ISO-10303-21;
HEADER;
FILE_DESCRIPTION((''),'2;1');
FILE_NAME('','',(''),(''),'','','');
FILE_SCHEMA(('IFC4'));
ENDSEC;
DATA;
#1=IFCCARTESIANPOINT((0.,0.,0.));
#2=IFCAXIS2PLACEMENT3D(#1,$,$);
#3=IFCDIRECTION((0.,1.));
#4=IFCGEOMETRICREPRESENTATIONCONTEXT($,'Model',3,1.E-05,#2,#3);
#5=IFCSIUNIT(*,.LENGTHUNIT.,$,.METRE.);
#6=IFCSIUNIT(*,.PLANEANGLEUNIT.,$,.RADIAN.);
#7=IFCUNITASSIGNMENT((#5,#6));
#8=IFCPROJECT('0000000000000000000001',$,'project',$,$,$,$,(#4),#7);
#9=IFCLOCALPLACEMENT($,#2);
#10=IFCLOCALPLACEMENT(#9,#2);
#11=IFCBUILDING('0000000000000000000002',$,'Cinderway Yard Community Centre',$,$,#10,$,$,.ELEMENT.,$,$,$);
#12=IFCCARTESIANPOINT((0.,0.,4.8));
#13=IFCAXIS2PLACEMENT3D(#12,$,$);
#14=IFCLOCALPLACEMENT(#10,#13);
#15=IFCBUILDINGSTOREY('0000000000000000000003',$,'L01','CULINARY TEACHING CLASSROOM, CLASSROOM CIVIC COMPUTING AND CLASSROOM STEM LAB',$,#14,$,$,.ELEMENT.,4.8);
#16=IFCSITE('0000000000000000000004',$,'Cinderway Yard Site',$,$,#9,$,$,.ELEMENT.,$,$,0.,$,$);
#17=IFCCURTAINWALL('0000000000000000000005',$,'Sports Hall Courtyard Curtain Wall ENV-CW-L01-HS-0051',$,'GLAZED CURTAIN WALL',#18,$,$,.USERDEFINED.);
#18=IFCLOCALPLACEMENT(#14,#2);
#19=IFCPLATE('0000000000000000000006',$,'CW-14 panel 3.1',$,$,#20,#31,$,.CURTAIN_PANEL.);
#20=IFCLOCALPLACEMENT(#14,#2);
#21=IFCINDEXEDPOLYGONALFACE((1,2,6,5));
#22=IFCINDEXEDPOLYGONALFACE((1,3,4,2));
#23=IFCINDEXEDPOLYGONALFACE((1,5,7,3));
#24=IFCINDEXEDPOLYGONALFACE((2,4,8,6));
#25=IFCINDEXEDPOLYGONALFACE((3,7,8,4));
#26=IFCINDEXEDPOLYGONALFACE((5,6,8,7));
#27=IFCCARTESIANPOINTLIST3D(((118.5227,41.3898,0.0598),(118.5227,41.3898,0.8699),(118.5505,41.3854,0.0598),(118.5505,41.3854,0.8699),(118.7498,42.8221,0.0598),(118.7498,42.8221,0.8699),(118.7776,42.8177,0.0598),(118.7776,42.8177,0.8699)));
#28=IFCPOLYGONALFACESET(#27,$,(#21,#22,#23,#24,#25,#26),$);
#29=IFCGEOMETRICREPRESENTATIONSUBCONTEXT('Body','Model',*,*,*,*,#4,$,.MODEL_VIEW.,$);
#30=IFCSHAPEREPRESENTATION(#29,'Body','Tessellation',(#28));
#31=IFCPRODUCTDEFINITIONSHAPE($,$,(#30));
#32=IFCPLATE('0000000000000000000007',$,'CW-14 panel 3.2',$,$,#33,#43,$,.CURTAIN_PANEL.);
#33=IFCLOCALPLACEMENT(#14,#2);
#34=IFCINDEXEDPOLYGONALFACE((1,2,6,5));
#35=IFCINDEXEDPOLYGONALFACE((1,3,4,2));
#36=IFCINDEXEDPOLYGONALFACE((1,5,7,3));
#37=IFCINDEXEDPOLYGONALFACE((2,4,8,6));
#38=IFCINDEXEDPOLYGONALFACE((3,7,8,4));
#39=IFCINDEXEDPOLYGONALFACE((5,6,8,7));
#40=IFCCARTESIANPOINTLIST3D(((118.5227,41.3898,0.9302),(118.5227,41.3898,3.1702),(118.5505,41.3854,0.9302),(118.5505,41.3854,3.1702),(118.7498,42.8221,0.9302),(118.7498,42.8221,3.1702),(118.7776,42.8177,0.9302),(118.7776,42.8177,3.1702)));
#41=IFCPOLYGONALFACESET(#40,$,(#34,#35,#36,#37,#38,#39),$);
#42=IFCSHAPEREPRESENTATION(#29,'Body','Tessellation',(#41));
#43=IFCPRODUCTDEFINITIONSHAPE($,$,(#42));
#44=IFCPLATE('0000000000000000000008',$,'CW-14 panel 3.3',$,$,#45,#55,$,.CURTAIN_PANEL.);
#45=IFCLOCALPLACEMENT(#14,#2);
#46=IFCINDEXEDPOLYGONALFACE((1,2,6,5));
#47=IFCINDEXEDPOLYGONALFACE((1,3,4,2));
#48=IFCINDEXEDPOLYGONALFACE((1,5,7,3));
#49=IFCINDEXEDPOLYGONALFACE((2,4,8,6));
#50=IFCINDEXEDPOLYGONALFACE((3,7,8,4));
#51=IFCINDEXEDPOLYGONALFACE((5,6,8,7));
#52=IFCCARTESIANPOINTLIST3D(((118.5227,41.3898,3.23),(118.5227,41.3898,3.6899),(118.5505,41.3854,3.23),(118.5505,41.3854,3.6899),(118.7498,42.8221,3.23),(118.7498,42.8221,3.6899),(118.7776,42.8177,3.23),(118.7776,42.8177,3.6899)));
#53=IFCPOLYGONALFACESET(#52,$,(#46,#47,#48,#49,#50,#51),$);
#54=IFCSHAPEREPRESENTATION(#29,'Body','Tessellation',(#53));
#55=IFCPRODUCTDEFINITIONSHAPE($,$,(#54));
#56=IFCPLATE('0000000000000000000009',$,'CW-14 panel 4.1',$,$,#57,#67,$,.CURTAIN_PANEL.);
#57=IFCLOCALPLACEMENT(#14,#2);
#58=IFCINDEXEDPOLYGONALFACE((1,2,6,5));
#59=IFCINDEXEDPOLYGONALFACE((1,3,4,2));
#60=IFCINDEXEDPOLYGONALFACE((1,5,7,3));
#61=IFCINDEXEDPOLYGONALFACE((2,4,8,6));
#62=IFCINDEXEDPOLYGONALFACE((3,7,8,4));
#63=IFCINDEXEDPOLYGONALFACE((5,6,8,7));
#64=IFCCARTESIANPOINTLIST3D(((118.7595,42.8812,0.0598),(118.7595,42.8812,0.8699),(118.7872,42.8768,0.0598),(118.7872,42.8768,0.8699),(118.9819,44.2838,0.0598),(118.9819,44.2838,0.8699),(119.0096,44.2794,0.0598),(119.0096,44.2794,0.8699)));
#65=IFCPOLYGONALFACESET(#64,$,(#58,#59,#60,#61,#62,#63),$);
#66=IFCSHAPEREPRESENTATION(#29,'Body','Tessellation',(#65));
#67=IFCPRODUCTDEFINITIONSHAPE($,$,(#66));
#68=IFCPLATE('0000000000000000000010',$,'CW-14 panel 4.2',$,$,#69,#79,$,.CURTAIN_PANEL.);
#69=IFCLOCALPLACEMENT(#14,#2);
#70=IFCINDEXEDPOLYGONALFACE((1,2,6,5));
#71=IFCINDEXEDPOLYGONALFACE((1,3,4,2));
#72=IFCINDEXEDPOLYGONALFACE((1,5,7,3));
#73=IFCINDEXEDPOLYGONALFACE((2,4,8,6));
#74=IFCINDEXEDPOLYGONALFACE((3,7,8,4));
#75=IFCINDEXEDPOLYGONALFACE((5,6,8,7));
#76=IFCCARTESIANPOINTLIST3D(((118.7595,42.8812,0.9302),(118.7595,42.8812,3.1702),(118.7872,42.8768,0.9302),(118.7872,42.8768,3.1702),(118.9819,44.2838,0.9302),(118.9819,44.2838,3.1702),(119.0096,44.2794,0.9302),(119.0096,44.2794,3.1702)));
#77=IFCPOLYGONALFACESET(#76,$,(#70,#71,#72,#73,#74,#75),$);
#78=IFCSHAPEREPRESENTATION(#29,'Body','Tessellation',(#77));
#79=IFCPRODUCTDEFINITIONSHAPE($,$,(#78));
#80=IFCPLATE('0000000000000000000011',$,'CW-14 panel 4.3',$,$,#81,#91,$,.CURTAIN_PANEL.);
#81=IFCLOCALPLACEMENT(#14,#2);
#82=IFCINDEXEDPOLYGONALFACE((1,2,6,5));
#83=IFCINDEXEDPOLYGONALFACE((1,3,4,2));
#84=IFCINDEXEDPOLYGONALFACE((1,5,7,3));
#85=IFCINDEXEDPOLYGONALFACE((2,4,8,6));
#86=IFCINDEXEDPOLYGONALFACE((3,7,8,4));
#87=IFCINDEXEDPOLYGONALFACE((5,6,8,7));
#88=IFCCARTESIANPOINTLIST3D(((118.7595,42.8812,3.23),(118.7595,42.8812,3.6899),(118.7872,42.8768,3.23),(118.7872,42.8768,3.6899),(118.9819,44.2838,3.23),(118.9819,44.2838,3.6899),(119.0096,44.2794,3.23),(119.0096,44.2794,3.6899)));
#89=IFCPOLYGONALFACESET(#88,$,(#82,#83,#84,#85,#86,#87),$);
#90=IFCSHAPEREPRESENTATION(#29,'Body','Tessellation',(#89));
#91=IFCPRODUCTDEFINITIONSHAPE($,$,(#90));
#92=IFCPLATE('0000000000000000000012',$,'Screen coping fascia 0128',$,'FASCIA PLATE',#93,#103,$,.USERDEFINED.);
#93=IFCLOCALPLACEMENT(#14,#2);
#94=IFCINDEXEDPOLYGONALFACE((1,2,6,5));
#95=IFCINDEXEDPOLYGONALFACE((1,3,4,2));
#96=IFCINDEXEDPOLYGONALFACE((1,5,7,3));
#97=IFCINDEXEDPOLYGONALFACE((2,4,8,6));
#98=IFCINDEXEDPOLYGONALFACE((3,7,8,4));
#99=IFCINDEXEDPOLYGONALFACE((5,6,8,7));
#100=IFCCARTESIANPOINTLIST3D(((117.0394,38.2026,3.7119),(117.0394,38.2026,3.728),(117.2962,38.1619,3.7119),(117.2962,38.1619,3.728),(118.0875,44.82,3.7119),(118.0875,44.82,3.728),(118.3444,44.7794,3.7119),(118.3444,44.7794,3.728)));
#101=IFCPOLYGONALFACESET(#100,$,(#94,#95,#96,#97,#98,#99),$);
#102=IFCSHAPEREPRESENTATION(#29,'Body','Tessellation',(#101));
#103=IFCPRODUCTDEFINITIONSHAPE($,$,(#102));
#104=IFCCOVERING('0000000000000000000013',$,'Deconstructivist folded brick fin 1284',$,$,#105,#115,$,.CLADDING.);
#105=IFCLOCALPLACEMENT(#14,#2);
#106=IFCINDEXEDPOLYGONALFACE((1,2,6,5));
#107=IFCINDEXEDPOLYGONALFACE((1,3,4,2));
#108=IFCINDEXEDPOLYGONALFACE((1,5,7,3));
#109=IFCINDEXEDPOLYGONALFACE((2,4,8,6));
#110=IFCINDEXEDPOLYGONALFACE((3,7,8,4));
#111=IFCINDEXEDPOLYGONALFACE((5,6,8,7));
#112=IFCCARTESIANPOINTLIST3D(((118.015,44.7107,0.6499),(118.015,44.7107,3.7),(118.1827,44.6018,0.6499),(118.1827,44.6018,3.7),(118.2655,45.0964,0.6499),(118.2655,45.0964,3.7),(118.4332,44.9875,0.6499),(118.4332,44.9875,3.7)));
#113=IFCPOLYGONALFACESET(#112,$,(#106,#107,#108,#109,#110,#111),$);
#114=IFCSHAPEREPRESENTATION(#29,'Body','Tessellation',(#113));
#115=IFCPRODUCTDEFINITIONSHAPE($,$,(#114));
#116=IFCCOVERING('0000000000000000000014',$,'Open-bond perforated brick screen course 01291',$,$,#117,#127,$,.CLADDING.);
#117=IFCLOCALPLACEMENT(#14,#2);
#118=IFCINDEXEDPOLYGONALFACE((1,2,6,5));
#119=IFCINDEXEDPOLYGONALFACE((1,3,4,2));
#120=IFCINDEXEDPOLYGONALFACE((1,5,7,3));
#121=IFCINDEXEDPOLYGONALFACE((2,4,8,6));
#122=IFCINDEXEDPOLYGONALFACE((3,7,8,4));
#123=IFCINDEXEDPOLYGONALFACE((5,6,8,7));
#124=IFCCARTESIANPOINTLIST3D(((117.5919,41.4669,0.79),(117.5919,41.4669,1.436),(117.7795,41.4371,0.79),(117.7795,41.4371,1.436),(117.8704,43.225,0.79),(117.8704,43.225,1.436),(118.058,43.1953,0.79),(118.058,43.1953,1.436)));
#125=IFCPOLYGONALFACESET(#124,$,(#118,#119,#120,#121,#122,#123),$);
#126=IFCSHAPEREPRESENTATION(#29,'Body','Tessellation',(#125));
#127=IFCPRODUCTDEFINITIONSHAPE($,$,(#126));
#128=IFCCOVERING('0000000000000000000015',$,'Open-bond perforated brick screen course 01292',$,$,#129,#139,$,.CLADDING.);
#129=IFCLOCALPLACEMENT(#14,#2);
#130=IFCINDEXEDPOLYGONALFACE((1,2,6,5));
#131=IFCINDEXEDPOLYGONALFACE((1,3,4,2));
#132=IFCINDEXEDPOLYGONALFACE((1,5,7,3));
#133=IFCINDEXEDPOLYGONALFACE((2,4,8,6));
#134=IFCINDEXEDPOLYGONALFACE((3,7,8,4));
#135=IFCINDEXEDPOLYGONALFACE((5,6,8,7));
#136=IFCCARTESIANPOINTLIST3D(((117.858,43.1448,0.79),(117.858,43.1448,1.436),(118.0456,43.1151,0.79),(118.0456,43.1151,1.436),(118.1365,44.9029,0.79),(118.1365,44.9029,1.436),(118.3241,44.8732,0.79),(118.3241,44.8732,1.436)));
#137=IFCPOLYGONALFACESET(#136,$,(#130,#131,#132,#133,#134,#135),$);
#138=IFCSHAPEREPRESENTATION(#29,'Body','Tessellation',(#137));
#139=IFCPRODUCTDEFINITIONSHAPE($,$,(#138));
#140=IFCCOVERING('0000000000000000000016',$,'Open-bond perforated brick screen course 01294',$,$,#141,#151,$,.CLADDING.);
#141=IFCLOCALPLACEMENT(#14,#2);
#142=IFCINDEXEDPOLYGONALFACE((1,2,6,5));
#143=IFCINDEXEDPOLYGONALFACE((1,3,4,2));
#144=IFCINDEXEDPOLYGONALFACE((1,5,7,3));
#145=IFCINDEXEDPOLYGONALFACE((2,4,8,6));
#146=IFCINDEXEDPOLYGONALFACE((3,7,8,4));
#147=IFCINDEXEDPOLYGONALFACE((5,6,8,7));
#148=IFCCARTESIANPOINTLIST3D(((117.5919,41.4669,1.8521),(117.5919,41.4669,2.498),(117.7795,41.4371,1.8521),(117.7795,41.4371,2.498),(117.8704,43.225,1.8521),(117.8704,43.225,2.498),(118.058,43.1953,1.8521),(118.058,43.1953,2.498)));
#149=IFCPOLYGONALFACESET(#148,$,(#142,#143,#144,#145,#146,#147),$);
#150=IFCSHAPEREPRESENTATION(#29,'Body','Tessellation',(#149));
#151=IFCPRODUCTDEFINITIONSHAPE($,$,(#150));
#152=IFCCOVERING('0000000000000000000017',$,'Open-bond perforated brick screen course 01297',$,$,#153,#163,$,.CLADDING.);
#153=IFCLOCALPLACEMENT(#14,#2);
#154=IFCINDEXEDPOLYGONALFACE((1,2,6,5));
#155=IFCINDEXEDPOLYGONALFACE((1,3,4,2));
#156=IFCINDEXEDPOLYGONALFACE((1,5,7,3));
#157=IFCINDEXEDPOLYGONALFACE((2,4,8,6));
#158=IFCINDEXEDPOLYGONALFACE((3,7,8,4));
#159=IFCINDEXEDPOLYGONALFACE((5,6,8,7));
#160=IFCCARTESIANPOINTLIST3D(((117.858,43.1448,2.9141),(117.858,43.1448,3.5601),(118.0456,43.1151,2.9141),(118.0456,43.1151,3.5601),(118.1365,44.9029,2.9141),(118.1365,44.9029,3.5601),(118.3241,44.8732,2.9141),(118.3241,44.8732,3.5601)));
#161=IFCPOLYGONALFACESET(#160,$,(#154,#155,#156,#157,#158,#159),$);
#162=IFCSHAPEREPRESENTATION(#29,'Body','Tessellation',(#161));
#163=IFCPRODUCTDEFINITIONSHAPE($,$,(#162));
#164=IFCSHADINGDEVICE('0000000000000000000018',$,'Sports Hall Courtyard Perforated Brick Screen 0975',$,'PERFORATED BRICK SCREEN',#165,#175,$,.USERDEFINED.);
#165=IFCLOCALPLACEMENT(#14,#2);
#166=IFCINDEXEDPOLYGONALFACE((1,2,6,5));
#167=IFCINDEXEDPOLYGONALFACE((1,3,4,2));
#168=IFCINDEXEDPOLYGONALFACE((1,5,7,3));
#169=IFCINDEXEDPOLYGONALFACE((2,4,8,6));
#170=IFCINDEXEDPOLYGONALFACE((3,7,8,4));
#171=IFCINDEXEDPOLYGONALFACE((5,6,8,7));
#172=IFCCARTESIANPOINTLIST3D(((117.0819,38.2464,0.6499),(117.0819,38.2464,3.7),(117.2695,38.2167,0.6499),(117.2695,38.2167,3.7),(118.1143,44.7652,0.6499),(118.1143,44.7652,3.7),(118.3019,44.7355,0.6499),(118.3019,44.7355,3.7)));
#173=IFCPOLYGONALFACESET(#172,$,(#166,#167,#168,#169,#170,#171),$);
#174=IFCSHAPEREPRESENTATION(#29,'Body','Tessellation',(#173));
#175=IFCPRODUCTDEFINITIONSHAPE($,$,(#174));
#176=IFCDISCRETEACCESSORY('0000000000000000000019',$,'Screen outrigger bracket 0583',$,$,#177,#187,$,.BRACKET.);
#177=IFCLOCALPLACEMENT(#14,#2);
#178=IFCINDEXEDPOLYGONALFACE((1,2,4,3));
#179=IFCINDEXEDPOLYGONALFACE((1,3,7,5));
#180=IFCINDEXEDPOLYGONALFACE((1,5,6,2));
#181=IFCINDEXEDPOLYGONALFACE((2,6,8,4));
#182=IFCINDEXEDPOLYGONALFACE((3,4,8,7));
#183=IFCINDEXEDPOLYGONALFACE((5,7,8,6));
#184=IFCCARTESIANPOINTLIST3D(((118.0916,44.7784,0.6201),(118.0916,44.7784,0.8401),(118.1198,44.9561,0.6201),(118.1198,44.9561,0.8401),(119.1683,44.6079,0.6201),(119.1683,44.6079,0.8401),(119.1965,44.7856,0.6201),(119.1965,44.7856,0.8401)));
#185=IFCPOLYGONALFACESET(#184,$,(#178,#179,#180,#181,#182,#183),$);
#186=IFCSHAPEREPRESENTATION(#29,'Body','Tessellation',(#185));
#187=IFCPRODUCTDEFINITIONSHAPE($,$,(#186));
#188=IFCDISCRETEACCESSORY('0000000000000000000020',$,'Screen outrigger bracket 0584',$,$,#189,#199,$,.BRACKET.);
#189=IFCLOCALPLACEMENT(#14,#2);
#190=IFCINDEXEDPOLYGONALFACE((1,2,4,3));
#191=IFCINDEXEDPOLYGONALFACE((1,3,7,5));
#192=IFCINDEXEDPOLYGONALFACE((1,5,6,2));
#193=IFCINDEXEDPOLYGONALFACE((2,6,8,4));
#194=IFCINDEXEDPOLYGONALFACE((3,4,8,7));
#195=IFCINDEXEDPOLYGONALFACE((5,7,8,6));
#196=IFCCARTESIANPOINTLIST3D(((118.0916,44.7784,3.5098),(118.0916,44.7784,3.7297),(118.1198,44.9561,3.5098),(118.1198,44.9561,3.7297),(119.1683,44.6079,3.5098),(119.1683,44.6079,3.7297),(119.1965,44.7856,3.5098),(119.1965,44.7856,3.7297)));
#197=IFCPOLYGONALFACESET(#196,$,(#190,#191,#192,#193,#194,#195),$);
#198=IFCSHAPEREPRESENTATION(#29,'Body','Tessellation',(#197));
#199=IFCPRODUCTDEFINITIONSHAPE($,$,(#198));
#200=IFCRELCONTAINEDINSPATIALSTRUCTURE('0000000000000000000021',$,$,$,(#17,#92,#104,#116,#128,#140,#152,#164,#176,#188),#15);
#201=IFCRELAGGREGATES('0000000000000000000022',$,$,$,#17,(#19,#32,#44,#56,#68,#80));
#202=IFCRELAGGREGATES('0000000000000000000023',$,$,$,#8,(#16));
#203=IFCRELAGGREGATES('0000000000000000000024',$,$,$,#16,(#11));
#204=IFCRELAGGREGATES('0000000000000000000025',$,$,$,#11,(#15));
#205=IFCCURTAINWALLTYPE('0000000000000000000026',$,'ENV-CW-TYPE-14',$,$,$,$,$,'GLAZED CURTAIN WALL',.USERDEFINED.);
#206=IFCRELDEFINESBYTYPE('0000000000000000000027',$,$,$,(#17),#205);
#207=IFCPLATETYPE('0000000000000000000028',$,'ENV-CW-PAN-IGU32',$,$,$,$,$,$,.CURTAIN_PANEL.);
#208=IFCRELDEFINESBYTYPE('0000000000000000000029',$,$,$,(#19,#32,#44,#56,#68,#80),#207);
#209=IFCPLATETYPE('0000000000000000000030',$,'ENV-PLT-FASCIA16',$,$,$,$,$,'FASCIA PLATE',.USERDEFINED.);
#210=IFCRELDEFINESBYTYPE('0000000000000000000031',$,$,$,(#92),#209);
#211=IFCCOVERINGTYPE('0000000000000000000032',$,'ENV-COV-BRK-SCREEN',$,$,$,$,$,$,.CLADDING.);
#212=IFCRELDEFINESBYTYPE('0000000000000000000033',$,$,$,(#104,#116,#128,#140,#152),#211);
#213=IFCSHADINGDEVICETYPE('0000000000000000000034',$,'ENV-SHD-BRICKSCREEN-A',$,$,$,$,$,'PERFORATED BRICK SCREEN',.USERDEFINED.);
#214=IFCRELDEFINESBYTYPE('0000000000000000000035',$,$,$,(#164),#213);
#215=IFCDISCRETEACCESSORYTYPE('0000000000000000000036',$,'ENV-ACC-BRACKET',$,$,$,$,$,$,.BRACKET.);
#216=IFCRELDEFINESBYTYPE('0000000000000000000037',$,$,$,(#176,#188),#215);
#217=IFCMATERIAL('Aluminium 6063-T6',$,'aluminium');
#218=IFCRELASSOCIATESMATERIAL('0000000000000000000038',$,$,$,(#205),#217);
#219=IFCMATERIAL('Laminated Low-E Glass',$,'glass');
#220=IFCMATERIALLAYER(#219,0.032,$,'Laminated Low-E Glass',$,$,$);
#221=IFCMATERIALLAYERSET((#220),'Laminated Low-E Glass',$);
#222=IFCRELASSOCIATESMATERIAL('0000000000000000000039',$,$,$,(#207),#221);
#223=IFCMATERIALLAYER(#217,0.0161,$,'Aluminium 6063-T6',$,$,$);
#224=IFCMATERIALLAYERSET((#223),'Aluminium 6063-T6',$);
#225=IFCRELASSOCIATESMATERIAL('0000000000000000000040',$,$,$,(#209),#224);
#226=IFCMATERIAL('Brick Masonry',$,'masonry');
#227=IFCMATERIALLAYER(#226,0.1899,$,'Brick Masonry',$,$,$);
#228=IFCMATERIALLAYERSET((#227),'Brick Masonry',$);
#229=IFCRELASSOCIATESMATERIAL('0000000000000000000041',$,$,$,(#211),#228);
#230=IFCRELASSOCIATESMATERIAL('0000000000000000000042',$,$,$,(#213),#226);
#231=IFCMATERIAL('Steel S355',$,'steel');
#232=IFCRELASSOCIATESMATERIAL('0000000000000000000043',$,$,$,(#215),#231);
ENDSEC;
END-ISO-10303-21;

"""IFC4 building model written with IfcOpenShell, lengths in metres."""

from ifc_helpers import new_model, si_unit, direction, frame, origin, origin_2d, place, context, subcontext, project, spatial, rectangle, extrude, material, layer, layer_set, type_object, element, aggregate, save


model = new_model("IFC4")

# Units and contexts
model_context = context("Model", 3, precision=1e-05, world=origin(), true_north=direction((0.0, 1.0)))
body_context = subcontext(model_context, "Body", "Model", "MODEL_VIEW")
ifc_project = project(units=[si_unit("LENGTHUNIT", "METRE"), si_unit("PLANEANGLEUNIT", "RADIAN")], contexts=[model_context])

# Site, building, storey
site_placement = place(None, origin())
site = spatial("IfcSite", under=ifc_project, at=site_placement, Name="Cinderway Yard Site", CompositionType="ELEMENT", RefElevation=0.0)
building_placement = place(site_placement, origin())
building = spatial("IfcBuilding", under=site, at=building_placement, Name="Cinderway Yard Community Centre", CompositionType="ELEMENT")
storey_placement = place(building_placement, frame((0.0, 0.0, 4.8)))
storey = spatial("IfcBuildingStorey", under=building, at=storey_placement, Name="L01", Description="CULINARY TEACHING CLASSROOM, CLASSROOM CIVIC COMPUTING AND CLASSROOM STEM LAB", CompositionType="ELEMENT", Elevation=4.8)

# Curtain wall
ifc_material_1 = material(Name="Aluminium 6063-T6", Category="aluminium")
curtain_wall_type = type_object("IfcCurtainWallType", Name="ENV-CW-TYPE-14", ElementType="GLAZED CURTAIN WALL", PredefinedType="USERDEFINED", material=ifc_material_1)
curtain_wall_placement = place(storey_placement, origin())
curtain_wall = element("IfcCurtainWall", 1, at=curtain_wall_placement, inside=storey, type_object=curtain_wall_type, Name="Sports Hall Courtyard Curtain Wall ENV-CW-L01-HS-0051", ObjectType="GLAZED CURTAIN WALL", PredefinedType="USERDEFINED")

# Shared definitions
ifc_material_2 = material(Name="Steel S355", Category="steel")

# Plates
ifc_material_3 = material(Name="Laminated Low-E Glass", Category="glass")
ifc_layer_1 = layer(ifc_material_3, 0.032, Name="Laminated Low-E Glass")
ifc_layer_set_1 = layer_set([ifc_layer_1], Name="Laminated Low-E Glass")
plate_type_1 = type_object("IfcPlateType", Name="ENV-CW-PAN-IGU32", PredefinedType="CURTAIN_PANEL", material=ifc_layer_set_1)
plate_1_placement = place(storey_placement, frame((118.6501, 42.1038, 0.0598), z_axis=(0.0, 0.0, 1.0), x_axis=(0.156609, 0.987661, 0.0)))
plate_1 = element("IfcPlate", 2, at=plate_1_placement, type_object=plate_type_1, Name="CW-14 panel 3.1", PredefinedType="CURTAIN_PANEL", context=body_context, shape_type="SweptSolid", body=[
    extrude(rectangle(XDim=1.4502, YDim=0.0281, at=origin_2d()), origin(), (0.0, 0.0, 1.0), 0.8101),
])
plate_2_placement = place(storey_placement, frame((118.6501, 42.1038, 0.9302), z_axis=(0.0, 0.0, 1.0), x_axis=(0.156609, 0.987661, 0.0)))
plate_2 = element("IfcPlate", 3, at=plate_2_placement, type_object=plate_type_1, Name="CW-14 panel 3.2", PredefinedType="CURTAIN_PANEL", context=body_context, shape_type="SweptSolid", body=[
    extrude(rectangle(XDim=1.4502, YDim=0.0281, at=origin_2d()), origin(), (0.0, 0.0, 1.0), 2.24),
])
plate_3_placement = place(storey_placement, frame((118.6501, 42.1038, 3.23), z_axis=(0.0, 0.0, 1.0), x_axis=(0.156609, 0.987661, 0.0)))
plate_3 = element("IfcPlate", 4, at=plate_3_placement, type_object=plate_type_1, Name="CW-14 panel 3.3", PredefinedType="CURTAIN_PANEL", context=body_context, shape_type="SweptSolid", body=[
    extrude(rectangle(XDim=1.4502, YDim=0.0281, at=origin_2d()), origin(), (0.0, 0.0, 1.0), 0.46),
])
plate_4_placement = place(storey_placement, frame((118.8845, 43.5803, 0.0598), z_axis=(0.0, 0.0, 1.0), x_axis=(0.156609, 0.987661, 0.0)))
plate_4 = element("IfcPlate", 5, at=plate_4_placement, type_object=plate_type_1, Name="CW-14 panel 4.1", PredefinedType="CURTAIN_PANEL", context=body_context, shape_type="SweptSolid", body=[
    extrude(rectangle(XDim=1.4202, YDim=0.0281, at=origin_2d()), origin(), (0.0, 0.0, 1.0), 0.8101),
])
plate_5_placement = place(storey_placement, frame((118.8845, 43.5803, 0.9302), z_axis=(0.0, 0.0, 1.0), x_axis=(0.156609, 0.987661, 0.0)))
plate_5 = element("IfcPlate", 6, at=plate_5_placement, type_object=plate_type_1, Name="CW-14 panel 4.2", PredefinedType="CURTAIN_PANEL", context=body_context, shape_type="SweptSolid", body=[
    extrude(rectangle(XDim=1.4202, YDim=0.0281, at=origin_2d()), origin(), (0.0, 0.0, 1.0), 2.24),
])
plate_6_placement = place(storey_placement, frame((118.8845, 43.5803, 3.23), z_axis=(0.0, 0.0, 1.0), x_axis=(0.156609, 0.987661, 0.0)))
plate_6 = element("IfcPlate", 7, at=plate_6_placement, type_object=plate_type_1, Name="CW-14 panel 4.3", PredefinedType="CURTAIN_PANEL", context=body_context, shape_type="SweptSolid", body=[
    extrude(rectangle(XDim=1.4202, YDim=0.0281, at=origin_2d()), origin(), (0.0, 0.0, 1.0), 0.46),
])
aggregate(curtain_wall, [plate_1, plate_2, plate_3, plate_4, plate_5, plate_6])
ifc_layer_2 = layer(ifc_material_1, 0.0161, Name="Aluminium 6063-T6")
ifc_layer_set_2 = layer_set([ifc_layer_2], Name="Aluminium 6063-T6")
plate_type_2 = type_object("IfcPlateType", Name="ENV-PLT-FASCIA16", ElementType="FASCIA PLATE", PredefinedType="USERDEFINED", material=ifc_layer_set_2)
plate_7_placement = place(storey_placement, frame((117.6919, 41.491, 3.7119), z_axis=(0.0, 0.0, 1.0), x_axis=(0.156434, 0.987688, 0.0)))
element("IfcPlate", 8, at=plate_7_placement, inside=storey, type_object=plate_type_2, Name="Screen coping fascia 0128", ObjectType="FASCIA PLATE", PredefinedType="USERDEFINED", context=body_context, shape_type="SweptSolid", body=[
    extrude(rectangle(XDim=6.7, YDim=0.26, at=origin_2d()), origin(), (0.0, 0.0, 1.0), 0.0161),
])

# Coverings
ifc_material_4 = material(Name="Brick Masonry", Category="masonry")
ifc_layer_3 = layer(ifc_material_4, 0.1899, Name="Brick Masonry")
ifc_layer_set_3 = layer_set([ifc_layer_3], Name="Brick Masonry")
covering_type = type_object("IfcCoveringType", Name="ENV-COV-BRK-SCREEN", PredefinedType="CLADDING", material=ifc_layer_set_3)
covering_placement = place(storey_placement, frame((118.2241, 44.8491, 0.6499), z_axis=(0.0, 0.0, 1.0), x_axis=(0.544639, 0.838671, 0.0)))
element("IfcCovering", 9, at=covering_placement, inside=storey, type_object=covering_type, Name="Deconstructivist folded brick fin 1284", PredefinedType="CLADDING", context=body_context, shape_type="SweptSolid", body=[
    extrude(rectangle(XDim=0.46, YDim=0.2, at=origin_2d()), origin(), (0.0, 0.0, 1.0), 3.05),
])
for number, where, z_axis, x_axis, name in (
    (10, (117.825, 42.3311, 0.79), (0.0, 0.0, 1.0), (0.156434, 0.987688, 0.0), "Open-bond perforated brick screen course 01291"),
    (11, (118.0911, 44.009, 0.79), (0.0, 0.0, 1.0), (0.156434, 0.987688, 0.0), "Open-bond perforated brick screen course 01292"),
    (12, (117.825, 42.3311, 1.8521), (0.0, 0.0, 1.0), (0.156434, 0.987688, 0.0), "Open-bond perforated brick screen course 01294"),
    (13, (118.0911, 44.009, 2.9141), (0.0, 0.0, 1.0), (0.156434, 0.987688, 0.0), "Open-bond perforated brick screen course 01297"),
):
    element("IfcCovering", number, at=place(storey_placement, frame(where, z_axis=z_axis, x_axis=x_axis)), inside=storey, type_object=covering_type, Name=name, PredefinedType="CLADDING", context=body_context, shape_type="SweptSolid", body=[
        extrude(rectangle(XDim=1.78, YDim=0.1899, at=origin_2d()), origin(), (0.0, 0.0, 1.0), 0.646),
    ])

# Shading device
shading_device_type = type_object("IfcShadingDeviceType", Name="ENV-SHD-BRICKSCREEN-A", ElementType="PERFORATED BRICK SCREEN", PredefinedType="USERDEFINED", material=ifc_material_4)
shading_device_placement = place(storey_placement, frame((117.6919, 41.491, 0.6499), z_axis=(0.0, 0.0, 1.0), x_axis=(0.156434, 0.987688, 0.0)))
element("IfcShadingDevice", 14, at=shading_device_placement, inside=storey, type_object=shading_device_type, Name="Sports Hall Courtyard Perforated Brick Screen 0975", ObjectType="PERFORATED BRICK SCREEN", PredefinedType="USERDEFINED", context=body_context, shape_type="SweptSolid", body=[
    extrude(rectangle(XDim=6.6001, YDim=0.1899, at=origin_2d()), origin(), (0.0, 0.0, 1.0), 3.05),
])

# Discrete accessories
discrete_accessory_type = type_object("IfcDiscreteAccessoryType", Name="ENV-ACC-BRACKET", PredefinedType="BRACKET", material=ifc_material_2)
for number, where, z_axis, x_axis, name in (
    (15, (118.644, 44.782, 0.6201), (0.0, 0.0, 1.0), (-0.987688, 0.156434, 0.0), "Screen outrigger bracket 0583"),
    (16, (118.644, 44.782, 3.5098), (0.0, 0.0, 1.0), (-0.987688, 0.156434, 0.0), "Screen outrigger bracket 0584"),
):
    element("IfcDiscreteAccessory", number, at=place(storey_placement, frame(where, z_axis=z_axis, x_axis=x_axis)), inside=storey, type_object=discrete_accessory_type, Name=name, PredefinedType="BRACKET", context=body_context, shape_type="SweptSolid", body=[
        extrude(rectangle(XDim=1.0901, YDim=0.1799, at=origin_2d()), origin(), (0.0, 0.0, 1.0), 0.22),
    ])

save(model, "model.ifc")
